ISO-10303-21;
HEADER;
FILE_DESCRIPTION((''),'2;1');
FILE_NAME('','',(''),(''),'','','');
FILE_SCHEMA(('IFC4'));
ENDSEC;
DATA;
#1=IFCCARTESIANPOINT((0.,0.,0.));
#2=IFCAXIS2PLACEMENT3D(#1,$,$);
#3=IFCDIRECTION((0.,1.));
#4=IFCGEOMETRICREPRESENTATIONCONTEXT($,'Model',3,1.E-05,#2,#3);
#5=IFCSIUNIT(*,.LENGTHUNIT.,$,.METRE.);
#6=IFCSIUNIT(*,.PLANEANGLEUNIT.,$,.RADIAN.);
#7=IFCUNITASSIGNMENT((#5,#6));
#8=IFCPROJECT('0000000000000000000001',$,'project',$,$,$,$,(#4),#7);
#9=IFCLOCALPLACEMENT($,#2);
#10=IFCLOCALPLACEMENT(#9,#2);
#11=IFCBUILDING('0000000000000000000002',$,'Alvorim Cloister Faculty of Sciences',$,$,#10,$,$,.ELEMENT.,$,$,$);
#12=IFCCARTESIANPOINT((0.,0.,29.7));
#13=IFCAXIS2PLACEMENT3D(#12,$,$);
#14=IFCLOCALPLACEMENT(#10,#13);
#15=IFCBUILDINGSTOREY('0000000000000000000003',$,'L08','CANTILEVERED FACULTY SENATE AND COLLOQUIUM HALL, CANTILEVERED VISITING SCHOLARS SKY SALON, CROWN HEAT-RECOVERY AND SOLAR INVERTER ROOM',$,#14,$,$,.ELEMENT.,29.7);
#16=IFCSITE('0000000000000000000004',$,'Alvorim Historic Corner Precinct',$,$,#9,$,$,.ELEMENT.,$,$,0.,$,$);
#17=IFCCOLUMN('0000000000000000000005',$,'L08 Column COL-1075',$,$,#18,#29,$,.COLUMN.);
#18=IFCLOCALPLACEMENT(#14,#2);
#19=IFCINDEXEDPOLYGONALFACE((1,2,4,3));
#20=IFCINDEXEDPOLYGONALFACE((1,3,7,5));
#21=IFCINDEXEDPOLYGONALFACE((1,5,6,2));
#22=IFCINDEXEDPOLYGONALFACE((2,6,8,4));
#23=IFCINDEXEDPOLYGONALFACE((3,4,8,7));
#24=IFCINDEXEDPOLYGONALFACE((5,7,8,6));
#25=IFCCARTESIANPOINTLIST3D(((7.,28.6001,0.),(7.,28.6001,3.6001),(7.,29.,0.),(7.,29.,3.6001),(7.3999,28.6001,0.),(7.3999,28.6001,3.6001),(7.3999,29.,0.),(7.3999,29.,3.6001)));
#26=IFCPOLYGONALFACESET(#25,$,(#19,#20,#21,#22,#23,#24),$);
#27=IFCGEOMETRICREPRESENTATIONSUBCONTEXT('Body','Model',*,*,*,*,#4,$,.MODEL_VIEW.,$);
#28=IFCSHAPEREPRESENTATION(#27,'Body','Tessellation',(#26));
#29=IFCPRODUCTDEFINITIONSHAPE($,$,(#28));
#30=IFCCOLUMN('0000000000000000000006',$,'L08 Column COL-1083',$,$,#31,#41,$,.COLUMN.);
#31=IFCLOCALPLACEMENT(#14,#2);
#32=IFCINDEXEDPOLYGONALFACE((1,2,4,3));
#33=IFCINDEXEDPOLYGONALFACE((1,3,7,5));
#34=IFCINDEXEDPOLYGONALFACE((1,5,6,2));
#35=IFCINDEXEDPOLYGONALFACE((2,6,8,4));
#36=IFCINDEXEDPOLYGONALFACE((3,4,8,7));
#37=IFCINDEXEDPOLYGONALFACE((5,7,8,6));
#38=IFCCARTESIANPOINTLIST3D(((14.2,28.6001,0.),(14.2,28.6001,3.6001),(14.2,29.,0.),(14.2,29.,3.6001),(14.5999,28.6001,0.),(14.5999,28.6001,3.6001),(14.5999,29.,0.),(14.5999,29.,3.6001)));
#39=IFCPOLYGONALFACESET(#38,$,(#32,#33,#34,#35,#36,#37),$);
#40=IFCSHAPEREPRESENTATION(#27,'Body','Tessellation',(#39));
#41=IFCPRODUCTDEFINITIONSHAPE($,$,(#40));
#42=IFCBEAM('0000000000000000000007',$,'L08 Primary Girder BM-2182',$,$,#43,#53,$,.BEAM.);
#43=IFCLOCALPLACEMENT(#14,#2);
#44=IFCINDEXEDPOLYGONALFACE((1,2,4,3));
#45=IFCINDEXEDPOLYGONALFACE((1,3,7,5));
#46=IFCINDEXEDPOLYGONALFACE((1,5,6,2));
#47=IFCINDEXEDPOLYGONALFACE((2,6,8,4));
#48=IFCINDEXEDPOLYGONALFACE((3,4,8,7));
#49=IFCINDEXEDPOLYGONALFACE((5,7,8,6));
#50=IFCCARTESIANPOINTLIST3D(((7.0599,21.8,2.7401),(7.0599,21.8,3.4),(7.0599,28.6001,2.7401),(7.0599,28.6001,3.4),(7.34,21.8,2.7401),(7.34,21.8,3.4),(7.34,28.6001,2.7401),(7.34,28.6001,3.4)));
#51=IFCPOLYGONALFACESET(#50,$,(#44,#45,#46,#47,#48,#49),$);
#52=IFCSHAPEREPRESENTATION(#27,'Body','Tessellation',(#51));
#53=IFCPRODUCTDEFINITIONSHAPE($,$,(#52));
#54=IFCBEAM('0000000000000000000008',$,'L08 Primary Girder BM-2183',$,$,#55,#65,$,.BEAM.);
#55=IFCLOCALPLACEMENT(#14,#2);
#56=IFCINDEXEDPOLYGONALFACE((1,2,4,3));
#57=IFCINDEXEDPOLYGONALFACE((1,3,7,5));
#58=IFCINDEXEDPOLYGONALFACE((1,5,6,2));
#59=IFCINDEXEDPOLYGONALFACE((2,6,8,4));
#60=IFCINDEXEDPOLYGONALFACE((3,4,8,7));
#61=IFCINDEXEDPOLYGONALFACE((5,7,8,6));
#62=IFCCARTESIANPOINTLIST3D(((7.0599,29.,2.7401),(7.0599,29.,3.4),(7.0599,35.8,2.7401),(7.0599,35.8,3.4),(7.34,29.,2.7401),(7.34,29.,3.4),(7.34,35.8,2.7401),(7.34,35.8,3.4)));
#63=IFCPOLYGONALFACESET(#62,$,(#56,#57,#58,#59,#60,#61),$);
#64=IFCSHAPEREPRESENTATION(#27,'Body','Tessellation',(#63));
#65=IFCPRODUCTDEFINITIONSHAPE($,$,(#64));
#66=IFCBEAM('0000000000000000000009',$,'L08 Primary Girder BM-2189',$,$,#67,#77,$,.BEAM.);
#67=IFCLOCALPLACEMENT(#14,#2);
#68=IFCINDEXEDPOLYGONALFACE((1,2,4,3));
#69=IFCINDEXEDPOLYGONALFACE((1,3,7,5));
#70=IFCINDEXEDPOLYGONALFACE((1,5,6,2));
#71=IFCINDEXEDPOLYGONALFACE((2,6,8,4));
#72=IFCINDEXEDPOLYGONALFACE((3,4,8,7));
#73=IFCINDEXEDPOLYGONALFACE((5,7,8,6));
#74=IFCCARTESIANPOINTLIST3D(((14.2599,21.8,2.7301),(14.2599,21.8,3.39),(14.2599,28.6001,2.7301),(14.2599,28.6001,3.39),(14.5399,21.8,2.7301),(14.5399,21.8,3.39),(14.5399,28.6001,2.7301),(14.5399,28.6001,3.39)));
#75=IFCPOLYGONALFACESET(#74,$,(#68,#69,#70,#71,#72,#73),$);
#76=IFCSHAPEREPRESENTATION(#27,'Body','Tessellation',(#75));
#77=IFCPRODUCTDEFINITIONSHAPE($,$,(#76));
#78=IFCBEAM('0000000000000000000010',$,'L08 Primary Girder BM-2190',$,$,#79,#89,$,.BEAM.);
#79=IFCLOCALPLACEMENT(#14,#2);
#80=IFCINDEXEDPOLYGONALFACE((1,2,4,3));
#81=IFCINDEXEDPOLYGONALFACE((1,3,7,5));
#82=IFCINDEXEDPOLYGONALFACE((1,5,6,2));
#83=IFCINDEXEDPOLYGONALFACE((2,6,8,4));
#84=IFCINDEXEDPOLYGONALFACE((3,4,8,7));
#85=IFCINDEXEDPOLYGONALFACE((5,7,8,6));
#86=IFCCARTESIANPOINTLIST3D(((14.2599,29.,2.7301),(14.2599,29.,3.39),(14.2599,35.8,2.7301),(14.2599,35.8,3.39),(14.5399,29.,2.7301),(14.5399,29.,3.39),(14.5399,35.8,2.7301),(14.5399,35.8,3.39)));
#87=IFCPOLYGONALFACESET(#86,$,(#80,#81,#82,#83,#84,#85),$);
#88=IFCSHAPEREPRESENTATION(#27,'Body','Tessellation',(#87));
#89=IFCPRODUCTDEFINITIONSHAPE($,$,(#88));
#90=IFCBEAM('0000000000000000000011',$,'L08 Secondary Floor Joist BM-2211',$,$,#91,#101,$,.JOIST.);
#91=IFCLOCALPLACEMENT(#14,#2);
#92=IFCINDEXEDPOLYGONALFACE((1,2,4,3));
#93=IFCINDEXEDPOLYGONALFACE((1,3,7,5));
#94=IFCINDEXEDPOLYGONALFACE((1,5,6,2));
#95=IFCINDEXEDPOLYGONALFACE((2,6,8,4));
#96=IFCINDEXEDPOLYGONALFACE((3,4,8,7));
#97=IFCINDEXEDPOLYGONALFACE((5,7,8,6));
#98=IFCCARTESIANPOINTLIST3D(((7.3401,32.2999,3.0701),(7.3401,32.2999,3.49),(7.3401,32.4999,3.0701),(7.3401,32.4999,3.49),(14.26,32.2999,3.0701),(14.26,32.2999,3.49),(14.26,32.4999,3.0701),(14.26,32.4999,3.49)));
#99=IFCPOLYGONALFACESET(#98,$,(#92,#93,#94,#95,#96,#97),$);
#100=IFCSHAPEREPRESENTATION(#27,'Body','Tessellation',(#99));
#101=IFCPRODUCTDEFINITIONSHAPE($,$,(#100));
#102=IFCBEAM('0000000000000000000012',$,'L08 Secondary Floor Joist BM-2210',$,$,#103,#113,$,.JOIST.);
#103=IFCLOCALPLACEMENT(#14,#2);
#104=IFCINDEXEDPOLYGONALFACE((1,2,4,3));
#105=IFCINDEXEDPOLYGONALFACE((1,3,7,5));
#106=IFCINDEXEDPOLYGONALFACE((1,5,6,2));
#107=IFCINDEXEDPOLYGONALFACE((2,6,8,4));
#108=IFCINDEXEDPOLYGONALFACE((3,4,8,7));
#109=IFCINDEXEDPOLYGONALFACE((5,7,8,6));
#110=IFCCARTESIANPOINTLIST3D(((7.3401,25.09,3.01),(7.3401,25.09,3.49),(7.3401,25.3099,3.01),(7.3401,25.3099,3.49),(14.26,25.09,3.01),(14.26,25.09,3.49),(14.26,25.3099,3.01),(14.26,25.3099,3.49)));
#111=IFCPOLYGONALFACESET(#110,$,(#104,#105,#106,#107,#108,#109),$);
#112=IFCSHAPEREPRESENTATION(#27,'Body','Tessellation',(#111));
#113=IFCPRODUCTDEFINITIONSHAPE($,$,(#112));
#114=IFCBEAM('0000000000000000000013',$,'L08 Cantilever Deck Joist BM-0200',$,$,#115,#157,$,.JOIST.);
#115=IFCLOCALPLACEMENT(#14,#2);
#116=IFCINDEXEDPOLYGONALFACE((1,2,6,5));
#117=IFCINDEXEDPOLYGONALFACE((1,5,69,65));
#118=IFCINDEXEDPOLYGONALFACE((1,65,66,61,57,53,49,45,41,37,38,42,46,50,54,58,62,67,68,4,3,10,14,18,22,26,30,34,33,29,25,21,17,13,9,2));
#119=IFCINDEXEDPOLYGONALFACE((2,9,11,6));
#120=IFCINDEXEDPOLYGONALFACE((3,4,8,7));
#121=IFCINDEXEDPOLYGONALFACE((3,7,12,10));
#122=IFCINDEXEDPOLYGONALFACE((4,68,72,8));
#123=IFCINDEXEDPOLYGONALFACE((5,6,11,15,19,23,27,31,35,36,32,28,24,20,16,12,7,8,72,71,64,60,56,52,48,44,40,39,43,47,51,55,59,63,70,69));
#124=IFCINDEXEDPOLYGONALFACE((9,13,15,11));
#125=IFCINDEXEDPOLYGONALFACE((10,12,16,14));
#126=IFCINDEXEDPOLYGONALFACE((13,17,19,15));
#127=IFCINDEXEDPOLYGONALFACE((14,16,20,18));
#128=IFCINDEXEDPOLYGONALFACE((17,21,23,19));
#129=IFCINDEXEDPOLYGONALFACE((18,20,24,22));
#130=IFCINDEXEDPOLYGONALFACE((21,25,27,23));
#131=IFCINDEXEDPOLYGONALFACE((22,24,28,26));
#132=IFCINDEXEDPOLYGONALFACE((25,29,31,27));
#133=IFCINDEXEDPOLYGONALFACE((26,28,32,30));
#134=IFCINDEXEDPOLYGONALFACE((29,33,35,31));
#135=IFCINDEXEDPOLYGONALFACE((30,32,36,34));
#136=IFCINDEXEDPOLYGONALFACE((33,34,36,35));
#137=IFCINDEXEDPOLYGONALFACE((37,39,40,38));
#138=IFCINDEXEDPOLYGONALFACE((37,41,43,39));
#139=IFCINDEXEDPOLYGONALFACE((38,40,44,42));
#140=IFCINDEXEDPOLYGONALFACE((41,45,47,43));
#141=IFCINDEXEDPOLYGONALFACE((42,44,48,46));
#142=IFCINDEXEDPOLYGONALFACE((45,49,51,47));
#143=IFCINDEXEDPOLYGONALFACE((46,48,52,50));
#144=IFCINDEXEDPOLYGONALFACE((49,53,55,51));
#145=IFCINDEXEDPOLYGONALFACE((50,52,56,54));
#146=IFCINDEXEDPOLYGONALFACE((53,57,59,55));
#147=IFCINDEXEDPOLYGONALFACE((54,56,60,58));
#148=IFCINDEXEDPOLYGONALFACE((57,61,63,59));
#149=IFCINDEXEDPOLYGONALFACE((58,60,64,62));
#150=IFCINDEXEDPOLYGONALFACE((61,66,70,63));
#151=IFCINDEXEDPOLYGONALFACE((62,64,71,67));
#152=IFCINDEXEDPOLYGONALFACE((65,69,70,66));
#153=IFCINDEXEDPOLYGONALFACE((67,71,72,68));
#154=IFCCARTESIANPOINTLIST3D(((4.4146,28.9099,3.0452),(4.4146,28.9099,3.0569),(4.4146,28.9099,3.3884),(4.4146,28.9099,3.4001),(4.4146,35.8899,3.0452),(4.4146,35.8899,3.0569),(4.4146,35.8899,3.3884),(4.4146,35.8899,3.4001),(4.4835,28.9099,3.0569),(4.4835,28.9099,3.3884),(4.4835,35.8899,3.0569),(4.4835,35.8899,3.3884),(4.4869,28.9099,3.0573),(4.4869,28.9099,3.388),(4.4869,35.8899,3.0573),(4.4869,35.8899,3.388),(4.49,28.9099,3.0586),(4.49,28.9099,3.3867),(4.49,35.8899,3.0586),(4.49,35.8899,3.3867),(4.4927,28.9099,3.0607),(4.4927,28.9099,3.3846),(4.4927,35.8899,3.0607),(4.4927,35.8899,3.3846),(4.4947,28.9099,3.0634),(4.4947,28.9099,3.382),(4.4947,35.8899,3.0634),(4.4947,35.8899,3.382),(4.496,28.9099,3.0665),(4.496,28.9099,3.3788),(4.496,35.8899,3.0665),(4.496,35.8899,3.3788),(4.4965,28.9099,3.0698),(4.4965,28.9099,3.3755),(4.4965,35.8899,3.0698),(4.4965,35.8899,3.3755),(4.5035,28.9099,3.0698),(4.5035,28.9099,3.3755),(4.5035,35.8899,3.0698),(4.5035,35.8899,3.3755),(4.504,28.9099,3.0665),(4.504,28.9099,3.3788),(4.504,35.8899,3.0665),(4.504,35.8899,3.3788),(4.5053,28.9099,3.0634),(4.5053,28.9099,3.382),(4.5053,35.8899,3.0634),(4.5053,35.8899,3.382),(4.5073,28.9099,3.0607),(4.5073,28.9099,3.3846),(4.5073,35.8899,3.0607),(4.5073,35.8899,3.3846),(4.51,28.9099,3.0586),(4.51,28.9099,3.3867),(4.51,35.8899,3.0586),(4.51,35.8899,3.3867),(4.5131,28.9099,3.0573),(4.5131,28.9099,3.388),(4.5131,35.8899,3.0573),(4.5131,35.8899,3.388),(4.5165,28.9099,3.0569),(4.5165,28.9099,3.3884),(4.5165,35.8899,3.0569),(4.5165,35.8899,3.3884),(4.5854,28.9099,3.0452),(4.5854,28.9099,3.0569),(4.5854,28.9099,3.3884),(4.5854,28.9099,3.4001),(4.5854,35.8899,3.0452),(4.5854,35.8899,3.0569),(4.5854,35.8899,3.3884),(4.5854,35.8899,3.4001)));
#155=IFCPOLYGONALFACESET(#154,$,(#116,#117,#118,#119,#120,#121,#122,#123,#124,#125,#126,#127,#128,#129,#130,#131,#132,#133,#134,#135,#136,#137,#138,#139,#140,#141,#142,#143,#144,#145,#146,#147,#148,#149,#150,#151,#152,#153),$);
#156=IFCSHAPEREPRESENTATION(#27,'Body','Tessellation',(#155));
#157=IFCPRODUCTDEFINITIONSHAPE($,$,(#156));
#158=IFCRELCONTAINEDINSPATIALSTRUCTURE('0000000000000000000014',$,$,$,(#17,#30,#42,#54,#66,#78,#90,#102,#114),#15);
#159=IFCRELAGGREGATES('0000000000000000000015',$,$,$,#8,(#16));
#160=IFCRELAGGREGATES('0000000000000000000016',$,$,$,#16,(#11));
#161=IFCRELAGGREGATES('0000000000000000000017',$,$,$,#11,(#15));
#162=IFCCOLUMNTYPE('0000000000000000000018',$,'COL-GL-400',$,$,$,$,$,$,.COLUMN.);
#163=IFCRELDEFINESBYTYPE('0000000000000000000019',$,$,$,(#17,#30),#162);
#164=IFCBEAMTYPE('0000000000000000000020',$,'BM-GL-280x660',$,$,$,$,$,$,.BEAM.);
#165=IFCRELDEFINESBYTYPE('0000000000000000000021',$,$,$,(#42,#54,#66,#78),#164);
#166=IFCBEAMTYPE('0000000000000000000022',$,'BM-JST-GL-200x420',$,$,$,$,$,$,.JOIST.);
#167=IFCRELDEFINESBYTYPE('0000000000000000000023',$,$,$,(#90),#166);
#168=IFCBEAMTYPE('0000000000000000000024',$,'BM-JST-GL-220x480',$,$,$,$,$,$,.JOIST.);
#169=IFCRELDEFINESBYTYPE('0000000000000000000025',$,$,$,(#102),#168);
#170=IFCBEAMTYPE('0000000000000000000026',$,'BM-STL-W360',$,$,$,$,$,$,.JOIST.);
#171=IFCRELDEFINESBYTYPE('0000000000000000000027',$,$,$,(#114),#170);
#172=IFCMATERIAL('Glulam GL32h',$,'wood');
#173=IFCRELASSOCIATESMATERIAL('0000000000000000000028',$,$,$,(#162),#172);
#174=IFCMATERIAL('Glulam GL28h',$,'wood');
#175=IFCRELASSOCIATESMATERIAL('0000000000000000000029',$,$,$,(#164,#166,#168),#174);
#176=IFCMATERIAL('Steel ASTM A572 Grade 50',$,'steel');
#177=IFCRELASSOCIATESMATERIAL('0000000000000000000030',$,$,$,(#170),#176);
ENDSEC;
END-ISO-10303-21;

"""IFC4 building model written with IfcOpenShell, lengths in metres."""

from ifc_helpers import new_model, si_unit, direction, frame, origin, origin_2d, place, context, subcontext, project, spatial, rectangle, i_section, extrude, material, material_profile, profile_set, type_object, element, save


model = new_model("IFC4")

# Units and contexts
model_context = context("Model", 3, precision=1e-05, world=origin(), true_north=direction((0.0, 1.0)))
body_context = subcontext(model_context, "Body", "Model", "MODEL_VIEW")
ifc_project = project(units=[si_unit("LENGTHUNIT", "METRE"), si_unit("PLANEANGLEUNIT", "RADIAN")], contexts=[model_context])

# Site, building, storey
site_placement = place(None, origin())
site = spatial("IfcSite", under=ifc_project, at=site_placement, Name="Alvorim Historic Corner Precinct", CompositionType="ELEMENT", RefElevation=0.0)
building_placement = place(site_placement, origin())
building = spatial("IfcBuilding", under=site, at=building_placement, Name="Alvorim Cloister Faculty of Sciences", CompositionType="ELEMENT")
storey_placement = place(building_placement, frame((0.0, 0.0, 29.7)))
storey = spatial("IfcBuildingStorey", under=building, at=storey_placement, Name="L08", Description="CANTILEVERED FACULTY SENATE AND COLLOQUIUM HALL, CANTILEVERED VISITING SCHOLARS SKY SALON, CROWN HEAT-RECOVERY AND SOLAR INVERTER ROOM", CompositionType="ELEMENT", Elevation=29.7)

# Columns
ifc_material_1 = material(Name="Glulam GL32h", Category="wood")
ifc_material_profile_1 = material_profile(ifc_material_1, rectangle(XDim=0.3999, YDim=0.3999, at=origin_2d()), Name="GL32-COL-400x400")
ifc_profile_set_1 = profile_set([ifc_material_profile_1], Name="Glulam GL32h")
column_type = type_object("IfcColumnType", Name="COL-GL-400", PredefinedType="COLUMN", material=ifc_profile_set_1)
for number, where, z_axis, x_axis, name in (
    (1, (7.2, 28.8, 0.0), (0.0, 0.0, 1.0), (1.0, 0.0, 0.0), "L08 Column COL-1075"),
    (2, (14.3999, 28.8, 0.0), (0.0, 0.0, 1.0), (1.0, 0.0, 0.0), "L08 Column COL-1083"),
):
    element("IfcColumn", number, at=place(storey_placement, frame(where, z_axis=z_axis, x_axis=x_axis)), inside=storey, type_object=column_type, Name=name, PredefinedType="COLUMN", context=body_context, shape_type="SweptSolid", body=[
        extrude(rectangle(XDim=0.3999, YDim=0.3999, at=origin_2d()), origin(), (0.0, 0.0, 1.0), 3.6001),
    ])

# Beams
ifc_material_2 = material(Name="Glulam GL28h", Category="wood")
ifc_material_profile_2 = material_profile(ifc_material_2, rectangle(XDim=0.28, YDim=0.6599, at=origin_2d()), Name="GL28-BM-280x660")
ifc_profile_set_2 = profile_set([ifc_material_profile_2], Name="Glulam GL28h")
beam_type_1 = type_object("IfcBeamType", Name="BM-GL-280x660", PredefinedType="BEAM", material=ifc_profile_set_2)
for number, where, z_axis, x_axis, name in (
    (3, (7.2, 21.8, 3.0701), (0.0, 1.0, 0.0), (-1.0, 0.0, 0.0), "L08 Primary Girder BM-2182"),
    (4, (7.2, 29.0, 3.0701), (0.0, 1.0, 0.0), (-1.0, 0.0, 0.0), "L08 Primary Girder BM-2183"),
    (5, (14.3999, 21.8, 3.0601), (0.0, 1.0, 0.0), (-1.0, 0.0, 0.0), "L08 Primary Girder BM-2189"),
    (6, (14.3999, 29.0, 3.0601), (0.0, 1.0, 0.0), (-1.0, 0.0, 0.0), "L08 Primary Girder BM-2190"),
):
    element("IfcBeam", number, at=place(storey_placement, frame(where, z_axis=z_axis, x_axis=x_axis)), inside=storey, type_object=beam_type_1, Name=name, PredefinedType="BEAM", context=body_context, shape_type="SweptSolid", body=[
        extrude(rectangle(XDim=0.28, YDim=0.6599, at=origin_2d()), origin(), (0.0, 0.0, 1.0), 6.8),
    ])
ifc_material_profile_3 = material_profile(ifc_material_2, rectangle(XDim=0.2, YDim=0.4199, at=origin_2d()), Name="GL28-JST-200x420")
ifc_profile_set_3 = profile_set([ifc_material_profile_3], Name="Glulam GL28h")
beam_type_2 = type_object("IfcBeamType", Name="BM-JST-GL-200x420", PredefinedType="JOIST", material=ifc_profile_set_3)
beam_1_placement = place(storey_placement, frame((7.3401, 32.3999, 3.28), z_axis=(1.0, 0.0, 0.0), x_axis=(0.0, 1.0, 0.0)))
element("IfcBeam", 7, at=beam_1_placement, inside=storey, type_object=beam_type_2, Name="L08 Secondary Floor Joist BM-2211", PredefinedType="JOIST", context=body_context, shape_type="SweptSolid", body=[
    extrude(rectangle(XDim=0.2, YDim=0.4199, at=origin_2d()), origin(), (0.0, 0.0, 1.0), 6.9199),
])
ifc_material_profile_4 = material_profile(ifc_material_2, rectangle(XDim=0.22, YDim=0.48, at=origin_2d()), Name="GL28-JST-220x480")
ifc_profile_set_4 = profile_set([ifc_material_profile_4], Name="Glulam GL28h")
beam_type_3 = type_object("IfcBeamType", Name="BM-JST-GL-220x480", PredefinedType="JOIST", material=ifc_profile_set_4)
beam_2_placement = place(storey_placement, frame((7.3401, 25.2, 3.25), z_axis=(1.0, 0.0, 0.0), x_axis=(0.0, 1.0, 0.0)))
element("IfcBeam", 8, at=beam_2_placement, inside=storey, type_object=beam_type_3, Name="L08 Secondary Floor Joist BM-2210", PredefinedType="JOIST", context=body_context, shape_type="SweptSolid", body=[
    extrude(rectangle(XDim=0.22, YDim=0.48, at=origin_2d()), origin(), (0.0, 0.0, 1.0), 6.9199),
])
ifc_material_3 = material(Name="Steel ASTM A572 Grade 50", Category="steel")
ifc_material_profile_5 = material_profile(ifc_material_3, i_section(OverallWidth=0.1709, OverallDepth=0.355, WebThickness=0.0071, FlangeThickness=0.0117, FilletRadius=0.0129, at=origin_2d()), Name="W360x51.0")
ifc_profile_set_5 = profile_set([ifc_material_profile_5], Name="Steel ASTM A572 Grade 50")
beam_type_4 = type_object("IfcBeamType", Name="BM-STL-W360", PredefinedType="JOIST", material=ifc_profile_set_5)
beam_3_placement = place(storey_placement, frame((4.5, 28.9099, 3.2227), z_axis=(0.0, 1.0, 0.0), x_axis=(-1.0, 0.0, 0.0)))
element("IfcBeam", 9, at=beam_3_placement, inside=storey, type_object=beam_type_4, Name="L08 Cantilever Deck Joist BM-0200", PredefinedType="JOIST", context=body_context, shape_type="SweptSolid", body=[
    extrude(i_section(OverallWidth=0.1709, OverallDepth=0.355, WebThickness=0.0071, FlangeThickness=0.0117, FilletRadius=0.0129, at=origin_2d()), origin(), (0.0, 0.0, 1.0), 6.98),
])

save(model, "model.ifc")
